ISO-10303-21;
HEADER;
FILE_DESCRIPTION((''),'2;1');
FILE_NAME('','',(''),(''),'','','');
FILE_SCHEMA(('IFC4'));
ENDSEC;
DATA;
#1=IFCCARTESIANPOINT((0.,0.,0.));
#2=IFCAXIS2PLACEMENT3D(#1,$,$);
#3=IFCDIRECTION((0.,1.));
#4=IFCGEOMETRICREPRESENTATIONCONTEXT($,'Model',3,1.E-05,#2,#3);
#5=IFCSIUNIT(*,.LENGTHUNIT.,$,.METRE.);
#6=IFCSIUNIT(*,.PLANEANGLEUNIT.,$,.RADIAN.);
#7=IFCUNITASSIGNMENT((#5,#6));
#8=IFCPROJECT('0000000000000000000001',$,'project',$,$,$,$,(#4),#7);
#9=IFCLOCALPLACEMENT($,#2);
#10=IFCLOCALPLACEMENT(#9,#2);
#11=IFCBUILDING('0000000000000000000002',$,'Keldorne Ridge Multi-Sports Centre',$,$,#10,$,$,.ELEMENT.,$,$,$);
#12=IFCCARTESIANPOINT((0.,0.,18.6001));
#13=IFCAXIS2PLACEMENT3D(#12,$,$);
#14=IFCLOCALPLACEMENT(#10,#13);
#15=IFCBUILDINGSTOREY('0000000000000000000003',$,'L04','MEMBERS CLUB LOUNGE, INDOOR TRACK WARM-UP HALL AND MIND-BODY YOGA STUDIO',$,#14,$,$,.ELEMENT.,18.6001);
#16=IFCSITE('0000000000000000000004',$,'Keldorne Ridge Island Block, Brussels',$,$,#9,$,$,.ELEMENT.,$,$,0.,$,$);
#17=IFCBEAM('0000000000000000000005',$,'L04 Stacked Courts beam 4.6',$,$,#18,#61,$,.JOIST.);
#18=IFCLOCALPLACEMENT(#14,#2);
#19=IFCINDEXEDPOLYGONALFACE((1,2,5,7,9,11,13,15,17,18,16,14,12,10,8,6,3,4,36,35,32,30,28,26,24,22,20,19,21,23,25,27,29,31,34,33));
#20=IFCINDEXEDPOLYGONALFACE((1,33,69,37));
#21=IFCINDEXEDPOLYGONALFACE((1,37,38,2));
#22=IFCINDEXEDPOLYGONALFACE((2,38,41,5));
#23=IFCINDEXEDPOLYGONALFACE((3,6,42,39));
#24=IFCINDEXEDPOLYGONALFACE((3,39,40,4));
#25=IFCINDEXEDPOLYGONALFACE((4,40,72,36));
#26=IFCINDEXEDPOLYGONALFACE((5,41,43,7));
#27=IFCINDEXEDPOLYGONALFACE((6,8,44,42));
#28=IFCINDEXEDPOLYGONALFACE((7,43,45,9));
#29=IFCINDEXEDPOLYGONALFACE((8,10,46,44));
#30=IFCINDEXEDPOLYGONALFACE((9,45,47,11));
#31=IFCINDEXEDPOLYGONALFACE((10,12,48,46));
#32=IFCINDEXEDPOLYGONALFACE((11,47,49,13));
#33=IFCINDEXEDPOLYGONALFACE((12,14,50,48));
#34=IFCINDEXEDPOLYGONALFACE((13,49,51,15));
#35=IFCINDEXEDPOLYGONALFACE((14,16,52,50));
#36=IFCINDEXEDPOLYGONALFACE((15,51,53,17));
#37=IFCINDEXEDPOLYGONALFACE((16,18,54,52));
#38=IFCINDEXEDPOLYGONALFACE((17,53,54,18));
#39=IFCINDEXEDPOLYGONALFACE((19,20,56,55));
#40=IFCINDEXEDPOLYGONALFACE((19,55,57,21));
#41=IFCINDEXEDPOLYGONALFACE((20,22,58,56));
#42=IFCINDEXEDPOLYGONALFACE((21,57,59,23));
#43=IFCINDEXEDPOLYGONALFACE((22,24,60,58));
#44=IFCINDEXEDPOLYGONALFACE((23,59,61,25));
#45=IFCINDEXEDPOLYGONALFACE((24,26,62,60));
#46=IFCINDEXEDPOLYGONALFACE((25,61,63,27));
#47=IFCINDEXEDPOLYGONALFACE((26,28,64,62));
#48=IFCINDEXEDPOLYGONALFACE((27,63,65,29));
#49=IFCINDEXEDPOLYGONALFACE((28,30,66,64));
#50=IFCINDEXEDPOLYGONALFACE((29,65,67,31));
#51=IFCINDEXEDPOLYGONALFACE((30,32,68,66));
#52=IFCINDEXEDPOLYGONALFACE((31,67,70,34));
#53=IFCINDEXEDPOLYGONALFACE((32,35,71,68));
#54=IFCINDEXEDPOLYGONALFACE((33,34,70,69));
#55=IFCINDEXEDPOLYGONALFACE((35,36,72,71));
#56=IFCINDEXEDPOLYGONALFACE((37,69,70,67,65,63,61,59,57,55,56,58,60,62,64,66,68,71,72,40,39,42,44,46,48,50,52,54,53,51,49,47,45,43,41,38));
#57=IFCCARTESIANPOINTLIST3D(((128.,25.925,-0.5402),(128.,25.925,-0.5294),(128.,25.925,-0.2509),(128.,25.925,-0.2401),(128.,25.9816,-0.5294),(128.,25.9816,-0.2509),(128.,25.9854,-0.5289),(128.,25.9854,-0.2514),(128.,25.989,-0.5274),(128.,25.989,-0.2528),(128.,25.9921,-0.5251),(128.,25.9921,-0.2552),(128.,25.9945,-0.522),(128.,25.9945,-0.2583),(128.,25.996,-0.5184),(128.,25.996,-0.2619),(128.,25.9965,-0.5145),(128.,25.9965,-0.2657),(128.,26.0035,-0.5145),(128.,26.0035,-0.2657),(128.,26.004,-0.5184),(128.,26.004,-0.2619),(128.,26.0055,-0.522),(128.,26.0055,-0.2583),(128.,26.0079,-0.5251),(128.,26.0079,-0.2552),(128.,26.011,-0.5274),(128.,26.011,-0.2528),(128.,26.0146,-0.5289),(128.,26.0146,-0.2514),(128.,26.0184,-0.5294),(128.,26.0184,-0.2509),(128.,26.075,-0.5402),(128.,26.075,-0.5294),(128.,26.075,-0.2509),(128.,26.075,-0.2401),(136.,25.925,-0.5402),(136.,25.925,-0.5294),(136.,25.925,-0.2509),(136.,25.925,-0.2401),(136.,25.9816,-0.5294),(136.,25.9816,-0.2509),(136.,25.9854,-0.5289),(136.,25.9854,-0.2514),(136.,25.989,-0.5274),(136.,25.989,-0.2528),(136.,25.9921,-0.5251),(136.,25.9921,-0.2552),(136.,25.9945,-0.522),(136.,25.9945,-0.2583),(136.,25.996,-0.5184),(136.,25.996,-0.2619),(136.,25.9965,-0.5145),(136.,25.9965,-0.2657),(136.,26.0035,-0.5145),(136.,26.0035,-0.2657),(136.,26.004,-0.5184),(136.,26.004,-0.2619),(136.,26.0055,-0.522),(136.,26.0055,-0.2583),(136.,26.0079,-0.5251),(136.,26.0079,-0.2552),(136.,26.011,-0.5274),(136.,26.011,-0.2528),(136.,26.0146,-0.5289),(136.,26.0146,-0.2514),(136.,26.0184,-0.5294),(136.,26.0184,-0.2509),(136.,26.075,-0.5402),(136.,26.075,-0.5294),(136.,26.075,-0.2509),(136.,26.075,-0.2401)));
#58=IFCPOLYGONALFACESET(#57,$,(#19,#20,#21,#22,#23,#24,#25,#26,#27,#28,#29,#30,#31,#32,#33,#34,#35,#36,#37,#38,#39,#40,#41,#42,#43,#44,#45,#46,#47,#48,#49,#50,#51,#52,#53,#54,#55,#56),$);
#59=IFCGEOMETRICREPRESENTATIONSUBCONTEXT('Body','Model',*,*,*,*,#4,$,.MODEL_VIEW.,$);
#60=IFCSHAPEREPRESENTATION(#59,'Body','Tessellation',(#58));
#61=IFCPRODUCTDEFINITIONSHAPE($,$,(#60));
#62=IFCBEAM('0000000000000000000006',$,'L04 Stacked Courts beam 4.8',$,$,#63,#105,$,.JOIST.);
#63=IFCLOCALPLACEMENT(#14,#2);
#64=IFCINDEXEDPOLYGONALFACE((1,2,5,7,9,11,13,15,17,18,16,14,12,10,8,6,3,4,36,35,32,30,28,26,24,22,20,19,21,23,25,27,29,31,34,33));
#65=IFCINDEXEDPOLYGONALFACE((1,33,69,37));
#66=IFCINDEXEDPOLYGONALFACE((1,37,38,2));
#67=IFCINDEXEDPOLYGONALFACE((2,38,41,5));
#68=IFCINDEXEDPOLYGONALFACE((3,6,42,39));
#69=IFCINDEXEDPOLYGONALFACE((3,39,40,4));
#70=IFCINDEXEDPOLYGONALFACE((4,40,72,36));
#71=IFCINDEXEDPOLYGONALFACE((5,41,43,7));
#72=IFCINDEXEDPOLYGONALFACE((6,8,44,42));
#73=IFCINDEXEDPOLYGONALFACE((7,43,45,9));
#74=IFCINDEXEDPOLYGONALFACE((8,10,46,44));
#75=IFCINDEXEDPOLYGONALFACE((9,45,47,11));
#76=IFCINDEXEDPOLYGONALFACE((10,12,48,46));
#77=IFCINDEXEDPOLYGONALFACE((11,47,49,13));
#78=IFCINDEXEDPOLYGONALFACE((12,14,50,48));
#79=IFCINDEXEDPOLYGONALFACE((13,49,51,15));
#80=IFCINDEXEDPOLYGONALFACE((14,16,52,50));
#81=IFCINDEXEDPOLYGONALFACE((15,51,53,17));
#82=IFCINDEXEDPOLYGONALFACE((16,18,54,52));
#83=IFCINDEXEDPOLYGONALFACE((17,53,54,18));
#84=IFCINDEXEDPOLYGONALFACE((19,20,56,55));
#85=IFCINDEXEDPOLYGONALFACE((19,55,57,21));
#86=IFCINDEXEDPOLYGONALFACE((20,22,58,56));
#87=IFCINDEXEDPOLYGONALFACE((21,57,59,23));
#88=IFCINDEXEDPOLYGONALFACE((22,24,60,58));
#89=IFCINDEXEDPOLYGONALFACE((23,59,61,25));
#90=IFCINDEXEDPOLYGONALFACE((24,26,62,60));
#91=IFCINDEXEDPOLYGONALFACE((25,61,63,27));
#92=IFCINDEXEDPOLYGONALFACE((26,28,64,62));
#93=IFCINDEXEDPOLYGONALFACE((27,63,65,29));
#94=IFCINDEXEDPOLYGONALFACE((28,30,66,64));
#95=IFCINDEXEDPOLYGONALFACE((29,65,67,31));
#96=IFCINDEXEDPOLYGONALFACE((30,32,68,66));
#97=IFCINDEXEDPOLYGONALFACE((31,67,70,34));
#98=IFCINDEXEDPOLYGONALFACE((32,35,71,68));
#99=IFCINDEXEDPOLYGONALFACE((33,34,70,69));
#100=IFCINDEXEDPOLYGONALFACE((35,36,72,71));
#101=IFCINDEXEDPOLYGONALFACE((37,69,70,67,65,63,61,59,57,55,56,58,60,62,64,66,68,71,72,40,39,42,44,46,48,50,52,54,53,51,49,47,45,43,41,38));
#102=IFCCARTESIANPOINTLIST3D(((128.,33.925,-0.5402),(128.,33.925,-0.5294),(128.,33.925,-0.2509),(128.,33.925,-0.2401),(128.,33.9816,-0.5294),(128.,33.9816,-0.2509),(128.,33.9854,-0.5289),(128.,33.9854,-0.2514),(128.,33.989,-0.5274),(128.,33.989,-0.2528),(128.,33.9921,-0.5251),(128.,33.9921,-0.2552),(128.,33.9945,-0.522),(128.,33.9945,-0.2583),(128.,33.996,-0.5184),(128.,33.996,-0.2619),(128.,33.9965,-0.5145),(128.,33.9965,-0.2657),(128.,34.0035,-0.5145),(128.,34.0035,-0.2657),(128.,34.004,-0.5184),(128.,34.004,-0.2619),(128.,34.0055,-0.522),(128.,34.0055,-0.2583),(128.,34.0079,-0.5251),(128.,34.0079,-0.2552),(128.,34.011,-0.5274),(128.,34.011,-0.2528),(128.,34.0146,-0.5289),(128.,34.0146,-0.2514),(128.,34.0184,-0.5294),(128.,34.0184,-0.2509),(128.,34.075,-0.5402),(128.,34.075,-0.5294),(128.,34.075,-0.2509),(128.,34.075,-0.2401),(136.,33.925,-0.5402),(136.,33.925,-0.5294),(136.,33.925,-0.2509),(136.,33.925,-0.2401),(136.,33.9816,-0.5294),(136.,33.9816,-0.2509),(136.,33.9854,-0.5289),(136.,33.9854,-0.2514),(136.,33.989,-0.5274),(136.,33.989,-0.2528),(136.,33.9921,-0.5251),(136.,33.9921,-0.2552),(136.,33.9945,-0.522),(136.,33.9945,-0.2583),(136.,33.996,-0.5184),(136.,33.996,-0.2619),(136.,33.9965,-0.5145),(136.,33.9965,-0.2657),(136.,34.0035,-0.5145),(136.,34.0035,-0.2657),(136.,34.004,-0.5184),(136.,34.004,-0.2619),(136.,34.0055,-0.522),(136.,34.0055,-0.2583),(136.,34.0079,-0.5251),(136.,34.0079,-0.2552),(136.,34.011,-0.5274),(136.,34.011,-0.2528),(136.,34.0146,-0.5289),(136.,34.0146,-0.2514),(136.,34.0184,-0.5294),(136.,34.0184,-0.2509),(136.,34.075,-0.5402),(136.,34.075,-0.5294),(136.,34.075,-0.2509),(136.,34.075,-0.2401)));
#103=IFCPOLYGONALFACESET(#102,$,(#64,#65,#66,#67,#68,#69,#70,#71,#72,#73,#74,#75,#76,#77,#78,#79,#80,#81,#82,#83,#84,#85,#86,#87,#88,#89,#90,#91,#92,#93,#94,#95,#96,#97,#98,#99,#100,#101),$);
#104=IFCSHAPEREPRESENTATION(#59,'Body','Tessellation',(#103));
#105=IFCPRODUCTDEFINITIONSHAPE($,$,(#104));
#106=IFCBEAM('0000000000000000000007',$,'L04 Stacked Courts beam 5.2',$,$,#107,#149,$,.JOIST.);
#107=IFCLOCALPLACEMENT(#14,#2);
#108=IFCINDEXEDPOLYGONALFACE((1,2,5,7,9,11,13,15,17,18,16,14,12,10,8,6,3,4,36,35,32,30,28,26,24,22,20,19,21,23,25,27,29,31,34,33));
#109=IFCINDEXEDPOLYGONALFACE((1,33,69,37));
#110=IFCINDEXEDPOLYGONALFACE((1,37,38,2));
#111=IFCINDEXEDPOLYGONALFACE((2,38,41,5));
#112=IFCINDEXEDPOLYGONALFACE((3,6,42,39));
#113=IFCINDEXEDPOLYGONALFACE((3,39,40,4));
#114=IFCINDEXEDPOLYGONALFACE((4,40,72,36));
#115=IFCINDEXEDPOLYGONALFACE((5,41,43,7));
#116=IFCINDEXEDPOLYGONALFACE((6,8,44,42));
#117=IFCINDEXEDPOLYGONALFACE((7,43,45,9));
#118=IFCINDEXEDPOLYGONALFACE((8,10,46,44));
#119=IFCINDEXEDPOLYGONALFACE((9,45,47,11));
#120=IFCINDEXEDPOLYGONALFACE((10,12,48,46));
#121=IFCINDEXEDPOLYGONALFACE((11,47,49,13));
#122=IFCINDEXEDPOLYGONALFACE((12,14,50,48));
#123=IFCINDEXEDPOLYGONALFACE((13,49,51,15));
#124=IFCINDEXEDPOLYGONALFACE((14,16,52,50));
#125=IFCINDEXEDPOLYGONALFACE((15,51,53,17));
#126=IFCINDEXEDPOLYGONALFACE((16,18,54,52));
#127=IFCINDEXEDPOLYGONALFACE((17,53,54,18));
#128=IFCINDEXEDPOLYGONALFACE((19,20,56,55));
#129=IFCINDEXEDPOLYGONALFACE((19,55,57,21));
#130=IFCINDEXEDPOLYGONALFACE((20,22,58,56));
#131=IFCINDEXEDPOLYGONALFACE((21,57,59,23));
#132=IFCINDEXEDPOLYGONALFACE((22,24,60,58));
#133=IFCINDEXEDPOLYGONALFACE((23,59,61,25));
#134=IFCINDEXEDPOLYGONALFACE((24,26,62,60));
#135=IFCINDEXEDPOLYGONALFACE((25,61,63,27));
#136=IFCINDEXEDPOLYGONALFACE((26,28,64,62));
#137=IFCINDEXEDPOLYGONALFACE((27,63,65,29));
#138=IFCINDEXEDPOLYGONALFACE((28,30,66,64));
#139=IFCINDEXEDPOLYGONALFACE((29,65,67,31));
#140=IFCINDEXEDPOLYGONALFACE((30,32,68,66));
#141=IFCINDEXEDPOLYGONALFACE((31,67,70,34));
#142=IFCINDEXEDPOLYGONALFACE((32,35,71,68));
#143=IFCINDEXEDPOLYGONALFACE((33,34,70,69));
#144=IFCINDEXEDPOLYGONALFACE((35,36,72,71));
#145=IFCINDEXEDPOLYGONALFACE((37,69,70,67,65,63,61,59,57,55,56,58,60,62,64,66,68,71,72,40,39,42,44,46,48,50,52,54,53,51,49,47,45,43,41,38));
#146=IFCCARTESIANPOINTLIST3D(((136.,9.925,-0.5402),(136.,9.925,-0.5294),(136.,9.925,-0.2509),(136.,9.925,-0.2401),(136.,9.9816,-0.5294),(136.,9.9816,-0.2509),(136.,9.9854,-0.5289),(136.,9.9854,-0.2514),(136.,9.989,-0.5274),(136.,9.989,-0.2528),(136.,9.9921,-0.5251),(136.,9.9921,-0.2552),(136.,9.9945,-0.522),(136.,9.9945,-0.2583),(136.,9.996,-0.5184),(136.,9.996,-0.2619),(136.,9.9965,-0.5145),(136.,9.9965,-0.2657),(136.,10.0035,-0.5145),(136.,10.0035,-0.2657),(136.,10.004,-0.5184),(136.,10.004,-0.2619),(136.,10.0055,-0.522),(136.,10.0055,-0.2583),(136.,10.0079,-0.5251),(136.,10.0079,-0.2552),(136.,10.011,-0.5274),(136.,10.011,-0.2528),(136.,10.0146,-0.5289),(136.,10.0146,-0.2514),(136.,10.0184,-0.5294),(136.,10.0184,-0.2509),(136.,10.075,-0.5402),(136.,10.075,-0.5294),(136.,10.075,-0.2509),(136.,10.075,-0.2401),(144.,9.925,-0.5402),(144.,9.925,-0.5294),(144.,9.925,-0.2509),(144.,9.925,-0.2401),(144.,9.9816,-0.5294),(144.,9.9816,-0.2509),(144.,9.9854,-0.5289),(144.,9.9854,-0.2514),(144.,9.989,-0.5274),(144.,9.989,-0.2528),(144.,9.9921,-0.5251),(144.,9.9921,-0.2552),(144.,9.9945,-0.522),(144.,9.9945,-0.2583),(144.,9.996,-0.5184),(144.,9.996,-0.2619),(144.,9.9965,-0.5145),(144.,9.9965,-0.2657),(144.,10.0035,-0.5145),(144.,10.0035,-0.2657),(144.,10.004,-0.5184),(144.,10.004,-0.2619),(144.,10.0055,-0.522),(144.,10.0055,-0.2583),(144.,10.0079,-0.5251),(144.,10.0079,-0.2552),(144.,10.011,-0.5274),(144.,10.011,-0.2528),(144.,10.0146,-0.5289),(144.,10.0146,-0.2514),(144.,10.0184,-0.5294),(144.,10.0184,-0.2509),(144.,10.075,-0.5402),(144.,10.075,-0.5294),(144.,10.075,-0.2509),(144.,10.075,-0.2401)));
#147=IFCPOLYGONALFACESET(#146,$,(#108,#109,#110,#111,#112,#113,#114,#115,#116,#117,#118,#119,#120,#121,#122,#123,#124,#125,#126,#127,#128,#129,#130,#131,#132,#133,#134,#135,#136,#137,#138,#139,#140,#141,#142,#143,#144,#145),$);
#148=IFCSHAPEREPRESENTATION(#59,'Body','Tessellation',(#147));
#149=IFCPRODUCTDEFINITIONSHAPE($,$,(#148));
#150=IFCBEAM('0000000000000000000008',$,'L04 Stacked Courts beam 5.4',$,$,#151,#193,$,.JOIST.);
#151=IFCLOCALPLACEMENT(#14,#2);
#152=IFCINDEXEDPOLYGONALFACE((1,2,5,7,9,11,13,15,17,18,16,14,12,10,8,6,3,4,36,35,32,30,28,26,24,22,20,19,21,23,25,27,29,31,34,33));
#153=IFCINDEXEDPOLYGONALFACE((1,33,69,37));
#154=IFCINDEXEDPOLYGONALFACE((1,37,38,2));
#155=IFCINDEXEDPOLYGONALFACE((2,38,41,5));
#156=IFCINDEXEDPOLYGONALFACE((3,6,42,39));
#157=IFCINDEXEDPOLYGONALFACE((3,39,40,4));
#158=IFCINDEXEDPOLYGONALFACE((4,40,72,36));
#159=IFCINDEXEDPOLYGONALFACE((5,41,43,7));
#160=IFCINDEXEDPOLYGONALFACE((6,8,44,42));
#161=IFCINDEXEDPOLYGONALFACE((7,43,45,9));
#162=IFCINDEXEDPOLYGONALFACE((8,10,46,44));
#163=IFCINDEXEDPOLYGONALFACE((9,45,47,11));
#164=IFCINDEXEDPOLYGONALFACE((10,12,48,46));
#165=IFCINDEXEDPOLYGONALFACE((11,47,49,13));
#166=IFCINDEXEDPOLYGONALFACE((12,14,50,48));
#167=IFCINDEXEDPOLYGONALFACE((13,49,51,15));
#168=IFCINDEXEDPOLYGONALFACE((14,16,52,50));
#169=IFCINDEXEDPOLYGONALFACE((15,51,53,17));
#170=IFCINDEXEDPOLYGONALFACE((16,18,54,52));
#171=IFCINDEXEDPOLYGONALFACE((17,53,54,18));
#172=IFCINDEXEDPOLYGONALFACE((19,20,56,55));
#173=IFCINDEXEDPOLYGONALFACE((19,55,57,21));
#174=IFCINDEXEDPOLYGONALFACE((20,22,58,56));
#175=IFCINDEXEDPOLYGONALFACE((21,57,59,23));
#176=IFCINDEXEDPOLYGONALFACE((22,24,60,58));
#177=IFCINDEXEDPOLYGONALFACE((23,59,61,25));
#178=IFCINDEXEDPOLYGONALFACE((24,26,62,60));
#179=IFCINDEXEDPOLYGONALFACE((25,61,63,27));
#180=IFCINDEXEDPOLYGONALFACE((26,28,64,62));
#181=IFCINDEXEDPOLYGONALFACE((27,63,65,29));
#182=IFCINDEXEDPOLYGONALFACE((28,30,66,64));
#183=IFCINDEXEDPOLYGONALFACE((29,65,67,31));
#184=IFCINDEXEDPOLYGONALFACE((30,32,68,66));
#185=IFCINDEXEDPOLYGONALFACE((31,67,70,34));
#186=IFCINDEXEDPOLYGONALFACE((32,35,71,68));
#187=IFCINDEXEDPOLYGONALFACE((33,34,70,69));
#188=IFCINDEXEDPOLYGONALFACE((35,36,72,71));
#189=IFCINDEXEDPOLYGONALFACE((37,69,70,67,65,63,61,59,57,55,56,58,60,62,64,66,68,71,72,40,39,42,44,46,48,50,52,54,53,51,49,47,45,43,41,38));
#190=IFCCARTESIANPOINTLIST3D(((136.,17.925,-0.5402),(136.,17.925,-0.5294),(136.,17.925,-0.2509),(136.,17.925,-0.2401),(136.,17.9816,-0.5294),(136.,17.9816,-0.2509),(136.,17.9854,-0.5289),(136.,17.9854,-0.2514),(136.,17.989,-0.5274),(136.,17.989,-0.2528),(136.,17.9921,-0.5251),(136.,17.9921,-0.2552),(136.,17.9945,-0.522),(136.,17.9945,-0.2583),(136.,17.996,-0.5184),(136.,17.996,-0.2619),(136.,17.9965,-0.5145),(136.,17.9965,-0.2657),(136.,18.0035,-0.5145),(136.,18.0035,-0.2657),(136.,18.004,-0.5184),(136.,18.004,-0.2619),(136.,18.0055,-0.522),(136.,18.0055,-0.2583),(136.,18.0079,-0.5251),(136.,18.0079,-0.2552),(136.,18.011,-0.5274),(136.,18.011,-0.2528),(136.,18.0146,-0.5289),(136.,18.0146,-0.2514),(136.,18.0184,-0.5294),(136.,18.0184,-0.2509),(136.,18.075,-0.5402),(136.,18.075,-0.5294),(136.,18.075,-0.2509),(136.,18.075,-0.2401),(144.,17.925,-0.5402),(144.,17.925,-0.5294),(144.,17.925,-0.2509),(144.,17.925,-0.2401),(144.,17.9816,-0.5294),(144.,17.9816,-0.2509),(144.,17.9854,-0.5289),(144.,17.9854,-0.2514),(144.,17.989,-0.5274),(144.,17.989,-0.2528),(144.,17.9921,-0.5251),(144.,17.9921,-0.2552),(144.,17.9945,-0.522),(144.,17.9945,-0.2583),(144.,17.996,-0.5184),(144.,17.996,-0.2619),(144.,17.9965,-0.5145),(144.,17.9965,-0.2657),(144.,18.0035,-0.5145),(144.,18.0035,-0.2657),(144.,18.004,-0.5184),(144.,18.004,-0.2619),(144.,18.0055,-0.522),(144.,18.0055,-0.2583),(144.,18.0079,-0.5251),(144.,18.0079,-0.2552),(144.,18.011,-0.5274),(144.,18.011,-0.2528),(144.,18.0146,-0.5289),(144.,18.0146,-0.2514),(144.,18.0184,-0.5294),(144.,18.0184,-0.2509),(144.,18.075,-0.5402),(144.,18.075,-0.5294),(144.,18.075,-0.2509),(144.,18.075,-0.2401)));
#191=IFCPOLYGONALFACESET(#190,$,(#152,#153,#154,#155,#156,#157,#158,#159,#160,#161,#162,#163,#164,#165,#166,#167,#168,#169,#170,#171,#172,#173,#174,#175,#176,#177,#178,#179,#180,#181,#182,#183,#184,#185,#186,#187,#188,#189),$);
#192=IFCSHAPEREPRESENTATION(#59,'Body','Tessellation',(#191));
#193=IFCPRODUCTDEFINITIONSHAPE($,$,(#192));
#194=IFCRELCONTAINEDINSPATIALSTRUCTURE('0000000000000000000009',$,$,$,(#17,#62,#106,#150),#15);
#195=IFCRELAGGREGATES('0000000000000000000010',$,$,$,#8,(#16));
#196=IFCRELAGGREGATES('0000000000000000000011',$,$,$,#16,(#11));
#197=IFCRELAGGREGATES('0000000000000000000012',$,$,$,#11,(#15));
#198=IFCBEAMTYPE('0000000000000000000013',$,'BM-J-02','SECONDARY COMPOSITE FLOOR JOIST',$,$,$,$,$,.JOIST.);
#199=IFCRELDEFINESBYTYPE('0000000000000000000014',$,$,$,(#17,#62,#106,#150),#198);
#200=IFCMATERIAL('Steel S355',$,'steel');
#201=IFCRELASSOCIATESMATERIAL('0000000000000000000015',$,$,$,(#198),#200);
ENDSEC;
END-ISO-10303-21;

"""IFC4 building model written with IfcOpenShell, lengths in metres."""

from ifc_helpers import new_model, si_unit, direction, frame, origin, origin_2d, place, context, subcontext, project, spatial, i_section, extrude, material, material_profile, profile_set, type_object, element, save


model = new_model("IFC4")

# Units and contexts
model_context = context("Model", 3, precision=1e-05, world=origin(), true_north=direction((0.0, 1.0)))
body_context = subcontext(model_context, "Body", "Model", "MODEL_VIEW")
ifc_project = project(units=[si_unit("LENGTHUNIT", "METRE"), si_unit("PLANEANGLEUNIT", "RADIAN")], contexts=[model_context])

# Site, building, storey
site_placement = place(None, origin())
site = spatial("IfcSite", under=ifc_project, at=site_placement, Name="Keldorne Ridge Island Block, Brussels", CompositionType="ELEMENT", RefElevation=0.0)
building_placement = place(site_placement, origin())
building = spatial("IfcBuilding", under=site, at=building_placement, Name="Keldorne Ridge Multi-Sports Centre", CompositionType="ELEMENT")
storey_placement = place(building_placement, frame((0.0, 0.0, 18.6001)))
storey = spatial("IfcBuildingStorey", under=building, at=storey_placement, Name="L04", Description="MEMBERS CLUB LOUNGE, INDOOR TRACK WARM-UP HALL AND MIND-BODY YOGA STUDIO", CompositionType="ELEMENT", Elevation=18.6001)

# Beams
ifc_material = material(Name="Steel S355", Category="steel")
ifc_material_profile_1 = material_profile(ifc_material, i_section(OverallWidth=0.1499, OverallDepth=0.3, WebThickness=0.0071, FlangeThickness=0.0107, FilletRadius=0.0149, at=origin_2d()), Name="IPE 300")
ifc_profile_set_1 = profile_set([ifc_material_profile_1], Name="Steel S355")
beam_type_1 = type_object("IfcBeamType", Name="BM-J-02", Description="SECONDARY COMPOSITE FLOOR JOIST", PredefinedType="JOIST", material=ifc_profile_set_1)
for number, where, z_axis, x_axis, name in (
    (1, (128.0, 26.0, -0.3901), (1.0, 0.0, 0.0), (0.0, 1.0, 0.0), "L04 Stacked Courts beam 4.6"),
    (2, (128.0, 34.0, -0.3901), (1.0, 0.0, 0.0), (0.0, 1.0, 0.0), "L04 Stacked Courts beam 4.8"),
    (3, (136.0, 10.0, -0.3901), (1.0, 0.0, 0.0), (0.0, 1.0, 0.0), "L04 Stacked Courts beam 5.2"),
    (4, (136.0, 18.0, -0.3901), (1.0, 0.0, 0.0), (0.0, 1.0, 0.0), "L04 Stacked Courts beam 5.4"),
):
    element("IfcBeam", number, at=place(storey_placement, frame(where, z_axis=z_axis, x_axis=x_axis)), inside=storey, type_object=beam_type_1, Name=name, PredefinedType="JOIST", context=body_context, shape_type="SweptSolid", body=[
        extrude(i_section(OverallWidth=0.1499, OverallDepth=0.3, WebThickness=0.0071, FlangeThickness=0.0107, FilletRadius=0.0149, at=origin_2d()), origin(), (0.0, 0.0, 1.0), 8.0),
    ])

save(model, "model.ifc")
